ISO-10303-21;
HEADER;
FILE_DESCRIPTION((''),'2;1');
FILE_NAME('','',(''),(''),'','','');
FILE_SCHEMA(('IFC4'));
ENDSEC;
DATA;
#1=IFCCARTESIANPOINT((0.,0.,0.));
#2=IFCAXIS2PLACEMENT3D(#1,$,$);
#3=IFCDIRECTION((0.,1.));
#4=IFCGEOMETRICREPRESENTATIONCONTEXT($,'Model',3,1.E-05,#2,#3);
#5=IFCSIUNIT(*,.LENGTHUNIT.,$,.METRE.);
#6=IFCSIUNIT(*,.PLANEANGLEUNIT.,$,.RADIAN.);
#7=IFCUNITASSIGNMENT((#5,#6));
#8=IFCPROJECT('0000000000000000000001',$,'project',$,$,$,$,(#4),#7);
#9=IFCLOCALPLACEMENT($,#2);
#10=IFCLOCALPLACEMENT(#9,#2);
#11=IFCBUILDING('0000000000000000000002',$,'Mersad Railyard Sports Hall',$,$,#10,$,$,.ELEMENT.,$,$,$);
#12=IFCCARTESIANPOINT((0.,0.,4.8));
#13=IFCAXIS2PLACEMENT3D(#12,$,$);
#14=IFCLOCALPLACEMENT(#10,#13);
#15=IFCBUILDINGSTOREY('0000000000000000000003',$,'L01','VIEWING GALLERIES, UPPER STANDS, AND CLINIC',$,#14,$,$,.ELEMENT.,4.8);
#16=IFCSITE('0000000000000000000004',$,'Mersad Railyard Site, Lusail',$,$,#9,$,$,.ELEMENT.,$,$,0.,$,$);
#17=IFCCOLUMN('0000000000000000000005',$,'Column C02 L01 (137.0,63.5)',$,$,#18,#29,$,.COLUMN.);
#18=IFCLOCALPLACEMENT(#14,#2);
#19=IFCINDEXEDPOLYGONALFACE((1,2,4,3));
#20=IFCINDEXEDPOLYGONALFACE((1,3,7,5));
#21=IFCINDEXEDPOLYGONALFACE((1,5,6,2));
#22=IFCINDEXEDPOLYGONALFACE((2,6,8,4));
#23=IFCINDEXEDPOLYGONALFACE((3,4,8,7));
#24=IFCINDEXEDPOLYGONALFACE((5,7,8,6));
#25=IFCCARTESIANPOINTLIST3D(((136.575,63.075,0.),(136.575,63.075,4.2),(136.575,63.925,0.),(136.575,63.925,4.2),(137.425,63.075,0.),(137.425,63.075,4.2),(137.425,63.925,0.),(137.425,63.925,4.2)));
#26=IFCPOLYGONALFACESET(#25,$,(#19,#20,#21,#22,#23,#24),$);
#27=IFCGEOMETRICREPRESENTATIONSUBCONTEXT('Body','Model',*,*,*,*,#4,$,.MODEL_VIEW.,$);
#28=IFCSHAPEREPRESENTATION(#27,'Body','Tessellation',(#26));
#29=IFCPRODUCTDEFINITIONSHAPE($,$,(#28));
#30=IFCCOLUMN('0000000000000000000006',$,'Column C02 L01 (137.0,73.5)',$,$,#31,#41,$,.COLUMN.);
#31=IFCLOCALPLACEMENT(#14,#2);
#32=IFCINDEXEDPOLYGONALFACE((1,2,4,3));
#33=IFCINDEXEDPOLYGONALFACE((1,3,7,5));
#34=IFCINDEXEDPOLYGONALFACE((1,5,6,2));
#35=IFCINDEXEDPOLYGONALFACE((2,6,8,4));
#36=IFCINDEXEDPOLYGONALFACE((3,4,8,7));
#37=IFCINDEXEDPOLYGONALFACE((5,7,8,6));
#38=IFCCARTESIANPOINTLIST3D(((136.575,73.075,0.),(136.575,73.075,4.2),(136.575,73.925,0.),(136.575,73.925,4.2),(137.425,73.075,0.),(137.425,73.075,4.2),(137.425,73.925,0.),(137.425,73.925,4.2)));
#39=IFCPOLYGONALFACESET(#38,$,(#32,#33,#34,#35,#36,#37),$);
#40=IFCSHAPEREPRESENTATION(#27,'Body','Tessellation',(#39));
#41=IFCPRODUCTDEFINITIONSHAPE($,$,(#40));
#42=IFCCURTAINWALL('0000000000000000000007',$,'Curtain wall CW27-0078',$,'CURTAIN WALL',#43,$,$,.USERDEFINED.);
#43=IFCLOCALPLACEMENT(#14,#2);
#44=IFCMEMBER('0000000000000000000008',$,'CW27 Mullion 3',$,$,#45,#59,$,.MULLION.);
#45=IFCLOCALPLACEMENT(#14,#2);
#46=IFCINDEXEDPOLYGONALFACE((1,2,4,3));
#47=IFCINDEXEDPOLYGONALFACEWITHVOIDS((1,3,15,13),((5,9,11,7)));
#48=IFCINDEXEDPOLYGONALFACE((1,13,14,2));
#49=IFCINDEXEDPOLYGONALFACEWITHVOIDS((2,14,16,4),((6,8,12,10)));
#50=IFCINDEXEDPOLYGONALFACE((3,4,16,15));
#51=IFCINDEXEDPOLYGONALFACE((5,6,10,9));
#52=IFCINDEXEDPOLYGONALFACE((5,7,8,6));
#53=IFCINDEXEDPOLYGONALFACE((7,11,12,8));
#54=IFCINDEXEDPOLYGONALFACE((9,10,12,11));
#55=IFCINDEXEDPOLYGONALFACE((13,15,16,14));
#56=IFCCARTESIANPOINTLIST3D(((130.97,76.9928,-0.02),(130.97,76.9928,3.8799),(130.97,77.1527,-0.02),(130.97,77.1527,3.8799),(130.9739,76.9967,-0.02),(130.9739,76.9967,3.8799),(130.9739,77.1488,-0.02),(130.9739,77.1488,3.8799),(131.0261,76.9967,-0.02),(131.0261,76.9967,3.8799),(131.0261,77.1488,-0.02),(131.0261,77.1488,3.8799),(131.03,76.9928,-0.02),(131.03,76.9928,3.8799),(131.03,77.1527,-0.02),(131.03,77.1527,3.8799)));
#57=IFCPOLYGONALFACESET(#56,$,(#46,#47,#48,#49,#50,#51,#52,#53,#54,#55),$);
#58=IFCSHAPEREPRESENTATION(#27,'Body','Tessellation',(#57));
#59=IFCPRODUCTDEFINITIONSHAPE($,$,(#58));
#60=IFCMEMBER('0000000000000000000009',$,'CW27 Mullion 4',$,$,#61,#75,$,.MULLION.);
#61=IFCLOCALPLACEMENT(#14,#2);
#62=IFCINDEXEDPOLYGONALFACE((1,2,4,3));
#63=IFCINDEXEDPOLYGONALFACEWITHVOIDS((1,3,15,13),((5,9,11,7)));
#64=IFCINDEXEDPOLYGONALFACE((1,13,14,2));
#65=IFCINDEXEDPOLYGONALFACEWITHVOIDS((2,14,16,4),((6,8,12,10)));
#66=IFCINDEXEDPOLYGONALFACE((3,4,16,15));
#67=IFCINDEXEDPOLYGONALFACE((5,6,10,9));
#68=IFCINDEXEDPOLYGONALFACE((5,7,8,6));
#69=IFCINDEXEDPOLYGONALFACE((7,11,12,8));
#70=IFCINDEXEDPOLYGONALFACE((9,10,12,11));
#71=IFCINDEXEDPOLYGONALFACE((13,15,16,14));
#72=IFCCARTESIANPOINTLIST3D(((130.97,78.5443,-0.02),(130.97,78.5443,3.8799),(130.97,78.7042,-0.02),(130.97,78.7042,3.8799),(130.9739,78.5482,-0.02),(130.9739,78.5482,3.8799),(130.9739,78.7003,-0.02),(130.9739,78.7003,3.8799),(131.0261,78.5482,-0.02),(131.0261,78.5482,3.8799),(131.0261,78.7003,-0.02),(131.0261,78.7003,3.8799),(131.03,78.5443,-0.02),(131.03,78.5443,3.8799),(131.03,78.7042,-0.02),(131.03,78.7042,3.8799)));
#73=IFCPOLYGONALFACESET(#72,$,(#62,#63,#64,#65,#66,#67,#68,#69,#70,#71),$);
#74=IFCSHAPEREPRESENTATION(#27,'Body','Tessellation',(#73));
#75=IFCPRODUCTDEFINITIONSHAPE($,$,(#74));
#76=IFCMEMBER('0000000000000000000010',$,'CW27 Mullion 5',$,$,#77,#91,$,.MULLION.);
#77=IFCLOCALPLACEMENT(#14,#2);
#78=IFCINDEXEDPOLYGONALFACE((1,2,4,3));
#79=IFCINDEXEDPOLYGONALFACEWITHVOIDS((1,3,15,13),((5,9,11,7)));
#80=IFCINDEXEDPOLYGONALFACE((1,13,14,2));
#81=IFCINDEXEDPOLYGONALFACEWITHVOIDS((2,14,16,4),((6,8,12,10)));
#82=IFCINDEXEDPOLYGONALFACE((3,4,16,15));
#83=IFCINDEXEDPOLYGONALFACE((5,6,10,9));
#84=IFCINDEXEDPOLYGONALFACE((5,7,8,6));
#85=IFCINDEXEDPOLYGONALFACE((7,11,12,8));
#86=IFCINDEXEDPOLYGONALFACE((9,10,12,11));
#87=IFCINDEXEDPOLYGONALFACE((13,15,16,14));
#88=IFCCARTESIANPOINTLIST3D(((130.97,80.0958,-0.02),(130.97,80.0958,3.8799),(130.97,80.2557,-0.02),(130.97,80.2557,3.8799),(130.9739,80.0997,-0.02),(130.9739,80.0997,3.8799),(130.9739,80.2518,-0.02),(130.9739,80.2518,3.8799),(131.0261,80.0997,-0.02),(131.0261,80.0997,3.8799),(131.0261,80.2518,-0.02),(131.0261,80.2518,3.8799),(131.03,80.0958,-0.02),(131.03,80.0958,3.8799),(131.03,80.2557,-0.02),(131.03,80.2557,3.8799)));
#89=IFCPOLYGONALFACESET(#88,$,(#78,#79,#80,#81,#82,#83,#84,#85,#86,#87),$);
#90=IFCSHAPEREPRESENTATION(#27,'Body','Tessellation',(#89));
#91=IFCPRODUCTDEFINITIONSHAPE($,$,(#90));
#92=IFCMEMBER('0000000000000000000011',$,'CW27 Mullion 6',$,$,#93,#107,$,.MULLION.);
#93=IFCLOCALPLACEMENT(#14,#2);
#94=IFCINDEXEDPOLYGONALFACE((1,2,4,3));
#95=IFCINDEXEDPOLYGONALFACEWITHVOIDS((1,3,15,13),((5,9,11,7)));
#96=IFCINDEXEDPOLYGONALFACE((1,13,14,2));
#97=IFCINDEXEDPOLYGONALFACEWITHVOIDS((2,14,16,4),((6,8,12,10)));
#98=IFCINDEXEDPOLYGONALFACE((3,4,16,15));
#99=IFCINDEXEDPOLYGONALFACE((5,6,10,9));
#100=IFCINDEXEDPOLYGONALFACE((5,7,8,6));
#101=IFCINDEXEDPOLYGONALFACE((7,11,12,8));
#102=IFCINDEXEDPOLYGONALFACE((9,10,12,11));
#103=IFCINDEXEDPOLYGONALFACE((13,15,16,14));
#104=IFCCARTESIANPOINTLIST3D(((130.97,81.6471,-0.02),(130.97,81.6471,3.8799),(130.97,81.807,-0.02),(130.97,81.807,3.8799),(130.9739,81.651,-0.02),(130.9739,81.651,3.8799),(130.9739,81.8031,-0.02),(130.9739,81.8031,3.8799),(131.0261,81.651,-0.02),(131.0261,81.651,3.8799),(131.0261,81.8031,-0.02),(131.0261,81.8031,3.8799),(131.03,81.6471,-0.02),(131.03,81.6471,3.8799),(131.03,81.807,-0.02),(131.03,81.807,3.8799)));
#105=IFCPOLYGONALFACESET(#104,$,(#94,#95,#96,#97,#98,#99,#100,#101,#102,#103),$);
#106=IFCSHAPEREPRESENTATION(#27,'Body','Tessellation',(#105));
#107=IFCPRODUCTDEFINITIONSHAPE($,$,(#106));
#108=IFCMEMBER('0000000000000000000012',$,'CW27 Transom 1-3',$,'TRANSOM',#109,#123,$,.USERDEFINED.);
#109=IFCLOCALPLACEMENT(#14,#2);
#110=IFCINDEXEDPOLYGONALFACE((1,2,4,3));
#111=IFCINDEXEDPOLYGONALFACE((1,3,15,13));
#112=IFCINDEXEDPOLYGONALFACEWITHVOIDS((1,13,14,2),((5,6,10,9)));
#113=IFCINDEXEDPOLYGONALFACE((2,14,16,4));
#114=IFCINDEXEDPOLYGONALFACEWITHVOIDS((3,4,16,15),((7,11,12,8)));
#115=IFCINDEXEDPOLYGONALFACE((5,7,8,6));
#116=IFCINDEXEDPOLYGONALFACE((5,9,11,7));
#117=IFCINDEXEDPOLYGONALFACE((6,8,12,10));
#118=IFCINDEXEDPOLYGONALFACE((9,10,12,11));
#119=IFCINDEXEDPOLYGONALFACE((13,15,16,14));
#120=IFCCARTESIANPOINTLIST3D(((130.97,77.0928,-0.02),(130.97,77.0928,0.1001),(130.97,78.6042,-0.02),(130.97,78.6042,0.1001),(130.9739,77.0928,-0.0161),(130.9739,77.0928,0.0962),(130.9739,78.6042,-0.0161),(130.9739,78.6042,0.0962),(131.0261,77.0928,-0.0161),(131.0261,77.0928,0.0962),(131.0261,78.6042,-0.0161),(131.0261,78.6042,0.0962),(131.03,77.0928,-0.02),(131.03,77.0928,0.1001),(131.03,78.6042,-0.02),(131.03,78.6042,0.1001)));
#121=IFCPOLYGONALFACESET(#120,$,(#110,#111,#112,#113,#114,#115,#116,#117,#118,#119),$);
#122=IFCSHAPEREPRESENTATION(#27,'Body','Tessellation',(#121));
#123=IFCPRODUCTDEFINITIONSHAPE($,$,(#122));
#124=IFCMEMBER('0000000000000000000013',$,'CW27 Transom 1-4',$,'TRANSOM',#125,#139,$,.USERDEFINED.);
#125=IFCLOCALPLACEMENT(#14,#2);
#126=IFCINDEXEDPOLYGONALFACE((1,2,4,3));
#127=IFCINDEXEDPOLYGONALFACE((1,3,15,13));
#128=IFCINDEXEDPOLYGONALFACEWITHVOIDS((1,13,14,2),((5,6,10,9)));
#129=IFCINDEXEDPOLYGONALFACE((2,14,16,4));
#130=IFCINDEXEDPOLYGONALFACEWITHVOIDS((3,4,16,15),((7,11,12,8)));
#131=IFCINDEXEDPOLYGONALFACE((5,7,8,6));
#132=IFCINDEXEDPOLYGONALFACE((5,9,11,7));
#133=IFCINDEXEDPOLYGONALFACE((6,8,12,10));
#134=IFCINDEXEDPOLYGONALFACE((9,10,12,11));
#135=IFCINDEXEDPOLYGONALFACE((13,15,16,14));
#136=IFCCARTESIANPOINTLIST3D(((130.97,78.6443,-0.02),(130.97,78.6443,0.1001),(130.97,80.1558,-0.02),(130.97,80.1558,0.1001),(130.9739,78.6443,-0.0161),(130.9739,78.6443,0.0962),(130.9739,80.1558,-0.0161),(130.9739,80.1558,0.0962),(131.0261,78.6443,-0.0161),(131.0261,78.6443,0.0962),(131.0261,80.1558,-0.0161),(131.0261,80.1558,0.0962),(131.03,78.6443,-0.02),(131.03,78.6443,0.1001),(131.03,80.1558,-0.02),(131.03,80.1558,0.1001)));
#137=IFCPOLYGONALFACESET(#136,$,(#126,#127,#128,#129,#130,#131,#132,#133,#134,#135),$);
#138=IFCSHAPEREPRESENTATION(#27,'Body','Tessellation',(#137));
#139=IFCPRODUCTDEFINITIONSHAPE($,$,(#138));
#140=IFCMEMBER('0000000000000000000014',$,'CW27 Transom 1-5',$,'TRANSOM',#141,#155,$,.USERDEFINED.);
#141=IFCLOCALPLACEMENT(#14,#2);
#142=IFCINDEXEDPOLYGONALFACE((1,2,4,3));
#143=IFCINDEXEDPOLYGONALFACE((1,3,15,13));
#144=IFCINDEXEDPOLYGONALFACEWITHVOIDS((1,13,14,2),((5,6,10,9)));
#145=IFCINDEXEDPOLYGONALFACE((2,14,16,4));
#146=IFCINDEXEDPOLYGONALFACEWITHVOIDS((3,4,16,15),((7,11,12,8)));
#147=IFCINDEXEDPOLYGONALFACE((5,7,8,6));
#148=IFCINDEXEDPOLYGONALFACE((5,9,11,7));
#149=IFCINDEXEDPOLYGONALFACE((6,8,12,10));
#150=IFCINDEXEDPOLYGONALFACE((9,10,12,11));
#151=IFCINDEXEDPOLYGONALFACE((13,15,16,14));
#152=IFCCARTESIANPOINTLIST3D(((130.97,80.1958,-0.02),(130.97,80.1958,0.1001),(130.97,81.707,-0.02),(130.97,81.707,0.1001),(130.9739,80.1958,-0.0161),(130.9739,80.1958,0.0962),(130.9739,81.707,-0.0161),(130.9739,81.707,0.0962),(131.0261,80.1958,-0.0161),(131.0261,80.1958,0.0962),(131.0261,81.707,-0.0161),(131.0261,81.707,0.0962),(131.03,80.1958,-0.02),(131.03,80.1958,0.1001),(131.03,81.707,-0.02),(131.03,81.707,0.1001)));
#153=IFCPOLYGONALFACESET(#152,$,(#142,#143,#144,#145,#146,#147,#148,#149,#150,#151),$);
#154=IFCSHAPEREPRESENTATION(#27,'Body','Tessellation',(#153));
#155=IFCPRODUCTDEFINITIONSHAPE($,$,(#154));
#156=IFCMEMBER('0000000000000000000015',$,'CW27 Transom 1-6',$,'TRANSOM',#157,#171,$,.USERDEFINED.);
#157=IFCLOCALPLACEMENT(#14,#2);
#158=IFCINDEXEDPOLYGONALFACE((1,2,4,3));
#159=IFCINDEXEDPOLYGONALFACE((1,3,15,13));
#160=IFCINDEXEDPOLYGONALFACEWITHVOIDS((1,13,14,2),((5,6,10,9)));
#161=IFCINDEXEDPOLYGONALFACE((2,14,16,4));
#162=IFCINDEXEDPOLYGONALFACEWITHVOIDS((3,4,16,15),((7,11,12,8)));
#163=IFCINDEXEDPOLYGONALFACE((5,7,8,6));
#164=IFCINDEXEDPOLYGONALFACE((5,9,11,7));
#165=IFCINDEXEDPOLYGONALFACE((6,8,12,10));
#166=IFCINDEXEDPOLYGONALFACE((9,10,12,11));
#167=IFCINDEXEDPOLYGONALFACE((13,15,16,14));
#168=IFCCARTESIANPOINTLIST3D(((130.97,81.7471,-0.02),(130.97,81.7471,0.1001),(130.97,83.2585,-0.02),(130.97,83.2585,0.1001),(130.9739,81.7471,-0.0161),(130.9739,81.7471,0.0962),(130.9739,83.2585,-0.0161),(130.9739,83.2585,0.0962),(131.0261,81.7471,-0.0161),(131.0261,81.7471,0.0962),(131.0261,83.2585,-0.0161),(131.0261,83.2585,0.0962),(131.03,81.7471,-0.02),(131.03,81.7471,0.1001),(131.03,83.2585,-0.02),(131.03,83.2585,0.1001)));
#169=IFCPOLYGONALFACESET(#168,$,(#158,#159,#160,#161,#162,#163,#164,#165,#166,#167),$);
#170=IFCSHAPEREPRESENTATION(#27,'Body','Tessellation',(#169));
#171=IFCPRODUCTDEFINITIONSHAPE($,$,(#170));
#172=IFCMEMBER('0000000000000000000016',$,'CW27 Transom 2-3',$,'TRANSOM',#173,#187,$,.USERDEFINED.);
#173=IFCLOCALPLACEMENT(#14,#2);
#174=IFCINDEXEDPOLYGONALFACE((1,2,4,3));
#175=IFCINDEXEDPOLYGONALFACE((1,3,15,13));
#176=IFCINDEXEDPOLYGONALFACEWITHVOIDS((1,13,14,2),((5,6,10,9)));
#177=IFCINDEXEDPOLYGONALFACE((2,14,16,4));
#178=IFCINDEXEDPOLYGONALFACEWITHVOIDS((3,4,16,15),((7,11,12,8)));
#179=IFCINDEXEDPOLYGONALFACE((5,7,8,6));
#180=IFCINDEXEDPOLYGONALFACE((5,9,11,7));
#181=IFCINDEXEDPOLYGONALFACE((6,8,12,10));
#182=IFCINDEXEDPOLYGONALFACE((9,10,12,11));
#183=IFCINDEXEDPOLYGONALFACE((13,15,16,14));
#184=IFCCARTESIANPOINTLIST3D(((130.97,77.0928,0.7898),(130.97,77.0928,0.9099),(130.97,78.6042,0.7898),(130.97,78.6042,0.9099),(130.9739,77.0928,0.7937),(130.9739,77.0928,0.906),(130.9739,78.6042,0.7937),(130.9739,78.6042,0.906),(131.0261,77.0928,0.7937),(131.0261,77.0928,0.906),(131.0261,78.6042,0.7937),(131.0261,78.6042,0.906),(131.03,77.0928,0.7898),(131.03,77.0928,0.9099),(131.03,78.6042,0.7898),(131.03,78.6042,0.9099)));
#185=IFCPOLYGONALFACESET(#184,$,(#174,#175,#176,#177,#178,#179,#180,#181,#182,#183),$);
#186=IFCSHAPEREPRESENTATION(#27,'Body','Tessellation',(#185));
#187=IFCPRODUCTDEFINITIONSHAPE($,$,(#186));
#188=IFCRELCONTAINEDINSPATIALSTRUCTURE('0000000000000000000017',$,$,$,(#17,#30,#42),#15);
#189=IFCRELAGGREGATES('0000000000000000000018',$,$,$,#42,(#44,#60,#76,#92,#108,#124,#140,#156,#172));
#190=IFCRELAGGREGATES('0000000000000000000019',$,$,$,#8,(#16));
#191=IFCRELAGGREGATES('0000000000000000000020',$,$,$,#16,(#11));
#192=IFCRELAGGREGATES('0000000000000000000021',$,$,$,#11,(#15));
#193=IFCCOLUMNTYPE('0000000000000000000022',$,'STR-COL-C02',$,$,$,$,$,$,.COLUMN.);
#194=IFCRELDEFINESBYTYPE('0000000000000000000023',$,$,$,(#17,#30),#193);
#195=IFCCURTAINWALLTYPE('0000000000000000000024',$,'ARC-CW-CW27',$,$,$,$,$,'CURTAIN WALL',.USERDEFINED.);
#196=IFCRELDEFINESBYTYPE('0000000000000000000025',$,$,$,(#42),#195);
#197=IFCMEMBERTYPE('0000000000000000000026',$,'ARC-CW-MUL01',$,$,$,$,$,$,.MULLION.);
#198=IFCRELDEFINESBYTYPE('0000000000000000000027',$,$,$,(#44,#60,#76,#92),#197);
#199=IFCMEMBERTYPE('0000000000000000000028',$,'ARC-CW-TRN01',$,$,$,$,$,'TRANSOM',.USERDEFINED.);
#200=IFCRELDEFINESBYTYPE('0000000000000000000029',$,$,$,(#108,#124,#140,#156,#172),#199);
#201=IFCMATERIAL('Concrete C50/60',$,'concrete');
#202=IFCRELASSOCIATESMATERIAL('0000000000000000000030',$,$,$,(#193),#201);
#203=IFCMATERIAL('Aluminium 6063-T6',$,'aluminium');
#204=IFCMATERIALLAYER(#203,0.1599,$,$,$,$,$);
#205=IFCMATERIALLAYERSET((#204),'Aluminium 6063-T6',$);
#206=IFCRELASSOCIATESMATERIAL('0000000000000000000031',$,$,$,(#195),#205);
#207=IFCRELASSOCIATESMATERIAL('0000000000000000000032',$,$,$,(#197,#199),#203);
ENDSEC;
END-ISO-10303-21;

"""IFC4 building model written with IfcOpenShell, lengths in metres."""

from ifc_helpers import new_model, si_unit, direction, frame, origin, origin_2d, place, context, subcontext, project, spatial, rectangle, hollow_rectangle, extrude, material, layer, layer_set, material_profile, profile_set, type_object, element, aggregate, save


model = new_model("IFC4")

# Units and contexts
model_context = context("Model", 3, precision=1e-05, world=origin(), true_north=direction((0.0, 1.0)))
body_context = subcontext(model_context, "Body", "Model", "MODEL_VIEW")
ifc_project = project(units=[si_unit("LENGTHUNIT", "METRE"), si_unit("PLANEANGLEUNIT", "RADIAN")], contexts=[model_context])

# Site, building, storey
site_placement = place(None, origin())
site = spatial("IfcSite", under=ifc_project, at=site_placement, Name="Mersad Railyard Site, Lusail", CompositionType="ELEMENT", RefElevation=0.0)
building_placement = place(site_placement, origin())
building = spatial("IfcBuilding", under=site, at=building_placement, Name="Mersad Railyard Sports Hall", CompositionType="ELEMENT")
storey_placement = place(building_placement, frame((0.0, 0.0, 4.8)))
storey = spatial("IfcBuildingStorey", under=building, at=storey_placement, Name="L01", Description="VIEWING GALLERIES, UPPER STANDS, AND CLINIC", CompositionType="ELEMENT", Elevation=4.8)

# Columns
ifc_material_1 = material(Name="Concrete C50/60", Category="concrete")
ifc_material_profile_1 = material_profile(ifc_material_1, rectangle(XDim=0.8501, YDim=0.8501, at=origin_2d()), Name="RC 850x850")
ifc_profile_set_1 = profile_set([ifc_material_profile_1], Name="Concrete C50/60")
column_type = type_object("IfcColumnType", Name="STR-COL-C02", PredefinedType="COLUMN", material=ifc_profile_set_1)
for number, where, z_axis, x_axis, name in (
    (1, (137.0, 63.5, 0.0), (0.0, 0.0, 1.0), (1.0, 0.0, 0.0), "Column C02 L01 (137.0,63.5)"),
    (2, (137.0, 73.5, 0.0), (0.0, 0.0, 1.0), (1.0, 0.0, 0.0), "Column C02 L01 (137.0,73.5)"),
):
    element("IfcColumn", number, at=place(storey_placement, frame(where, z_axis=z_axis, x_axis=x_axis)), inside=storey, type_object=column_type, Name=name, PredefinedType="COLUMN", context=body_context, shape_type="SweptSolid", body=[
        extrude(rectangle(XDim=0.8501, YDim=0.8501, at=origin_2d()), origin(), (0.0, 0.0, 1.0), 4.2),
    ])

# Curtain wall, members
ifc_material_2 = material(Name="Aluminium 6063-T6", Category="aluminium")
ifc_layer_1 = layer(ifc_material_2, 0.1599)
ifc_layer_set_1 = layer_set([ifc_layer_1], Name="Aluminium 6063-T6")
curtain_wall_type = type_object("IfcCurtainWallType", Name="ARC-CW-CW27", ElementType="CURTAIN WALL", PredefinedType="USERDEFINED", material=ifc_layer_set_1)
curtain_wall_placement = place(storey_placement, origin())
curtain_wall = element("IfcCurtainWall", 3, at=curtain_wall_placement, inside=storey, type_object=curtain_wall_type, Name="Curtain wall CW27-0078", ObjectType="CURTAIN WALL", PredefinedType="USERDEFINED")
ifc_material_profile_2 = material_profile(ifc_material_2, hollow_rectangle(XDim=0.0601, YDim=0.1599, WallThickness=0.0039, at=origin_2d()), Name="AL MULLION 60x160x4")
ifc_profile_set_2 = profile_set([ifc_material_profile_2], Name="Aluminium 6063-T6")
member_type_1 = type_object("IfcMemberType", Name="ARC-CW-MUL01", PredefinedType="MULLION", material=ifc_profile_set_2)
member_1_placement = place(storey_placement, frame((131.0, 77.0728, -0.02), z_axis=(0.0, 0.0, 1.0), x_axis=(1.0, 0.0, 0.0)))
member_1 = element("IfcMember", 4, at=member_1_placement, type_object=member_type_1, Name="CW27 Mullion 3", PredefinedType="MULLION", context=body_context, shape_type="SweptSolid", body=[
    extrude(hollow_rectangle(XDim=0.0601, YDim=0.1599, WallThickness=0.0039, at=origin_2d()), origin(), (0.0, 0.0, 1.0), 3.8999),
])
member_2_placement = place(storey_placement, frame((131.0, 78.6243, -0.02), z_axis=(0.0, 0.0, 1.0), x_axis=(1.0, 0.0, 0.0)))
member_2 = element("IfcMember", 5, at=member_2_placement, type_object=member_type_1, Name="CW27 Mullion 4", PredefinedType="MULLION", context=body_context, shape_type="SweptSolid", body=[
    extrude(hollow_rectangle(XDim=0.0601, YDim=0.1599, WallThickness=0.0039, at=origin_2d()), origin(), (0.0, 0.0, 1.0), 3.8999),
])
member_3_placement = place(storey_placement, frame((131.0, 80.1758, -0.02), z_axis=(0.0, 0.0, 1.0), x_axis=(1.0, 0.0, 0.0)))
member_3 = element("IfcMember", 6, at=member_3_placement, type_object=member_type_1, Name="CW27 Mullion 5", PredefinedType="MULLION", context=body_context, shape_type="SweptSolid", body=[
    extrude(hollow_rectangle(XDim=0.0601, YDim=0.1599, WallThickness=0.0039, at=origin_2d()), origin(), (0.0, 0.0, 1.0), 3.8999),
])
member_4_placement = place(storey_placement, frame((131.0, 81.7271, -0.02), z_axis=(0.0, 0.0, 1.0), x_axis=(1.0, 0.0, 0.0)))
member_4 = element("IfcMember", 7, at=member_4_placement, type_object=member_type_1, Name="CW27 Mullion 6", PredefinedType="MULLION", context=body_context, shape_type="SweptSolid", body=[
    extrude(hollow_rectangle(XDim=0.0601, YDim=0.1599, WallThickness=0.0039, at=origin_2d()), origin(), (0.0, 0.0, 1.0), 3.8999),
])
ifc_material_profile_3 = material_profile(ifc_material_2, hollow_rectangle(XDim=0.0601, YDim=0.1201, WallThickness=0.0039, at=origin_2d()), Name="AL TRANSOM 60x120x4")
ifc_profile_set_3 = profile_set([ifc_material_profile_3], Name="Aluminium 6063-T6")
member_type_2 = type_object("IfcMemberType", Name="ARC-CW-TRN01", ElementType="TRANSOM", PredefinedType="USERDEFINED", material=ifc_profile_set_3)
member_5_placement = place(storey_placement, frame((131.0, 77.0928, 0.04), z_axis=(0.0, 1.0, 0.0), x_axis=(-1.0, 0.0, 0.0)))
member_5 = element("IfcMember", 8, at=member_5_placement, type_object=member_type_2, Name="CW27 Transom 1-3", ObjectType="TRANSOM", PredefinedType="USERDEFINED", context=body_context, shape_type="SweptSolid", body=[
    extrude(hollow_rectangle(XDim=0.0601, YDim=0.1201, WallThickness=0.0039, at=origin_2d()), origin(), (0.0, 0.0, 1.0), 1.5115),
])
member_6_placement = place(storey_placement, frame((131.0, 78.6443, 0.04), z_axis=(0.0, 1.0, 0.0), x_axis=(-1.0, 0.0, 0.0)))
member_6 = element("IfcMember", 9, at=member_6_placement, type_object=member_type_2, Name="CW27 Transom 1-4", ObjectType="TRANSOM", PredefinedType="USERDEFINED", context=body_context, shape_type="SweptSolid", body=[
    extrude(hollow_rectangle(XDim=0.0601, YDim=0.1201, WallThickness=0.0039, at=origin_2d()), origin(), (0.0, 0.0, 1.0), 1.5115),
])
member_7_placement = place(storey_placement, frame((131.0, 80.1958, 0.04), z_axis=(0.0, 1.0, 0.0), x_axis=(-1.0, 0.0, 0.0)))
member_7 = element("IfcMember", 10, at=member_7_placement, type_object=member_type_2, Name="CW27 Transom 1-5", ObjectType="TRANSOM", PredefinedType="USERDEFINED", context=body_context, shape_type="SweptSolid", body=[
    extrude(hollow_rectangle(XDim=0.0601, YDim=0.1201, WallThickness=0.0039, at=origin_2d()), origin(), (0.0, 0.0, 1.0), 1.5112),
])
member_8_placement = place(storey_placement, frame((131.0, 81.7471, 0.04), z_axis=(0.0, 1.0, 0.0), x_axis=(-1.0, 0.0, 0.0)))
member_8 = element("IfcMember", 11, at=member_8_placement, type_object=member_type_2, Name="CW27 Transom 1-6", ObjectType="TRANSOM", PredefinedType="USERDEFINED", context=body_context, shape_type="SweptSolid", body=[
    extrude(hollow_rectangle(XDim=0.0601, YDim=0.1201, WallThickness=0.0039, at=origin_2d()), origin(), (0.0, 0.0, 1.0), 1.5115),
])
member_9_placement = place(storey_placement, frame((131.0, 77.0928, 0.8499), z_axis=(0.0, 1.0, 0.0), x_axis=(-1.0, 0.0, 0.0)))
member_9 = element("IfcMember", 12, at=member_9_placement, type_object=member_type_2, Name="CW27 Transom 2-3", ObjectType="TRANSOM", PredefinedType="USERDEFINED", context=body_context, shape_type="SweptSolid", body=[
    extrude(hollow_rectangle(XDim=0.0601, YDim=0.1201, WallThickness=0.0039, at=origin_2d()), origin(), (0.0, 0.0, 1.0), 1.5115),
])

aggregate(curtain_wall, [member_1, member_2, member_3, member_4, member_5, member_6, member_7, member_8, member_9])

save(model, "model.ifc")
